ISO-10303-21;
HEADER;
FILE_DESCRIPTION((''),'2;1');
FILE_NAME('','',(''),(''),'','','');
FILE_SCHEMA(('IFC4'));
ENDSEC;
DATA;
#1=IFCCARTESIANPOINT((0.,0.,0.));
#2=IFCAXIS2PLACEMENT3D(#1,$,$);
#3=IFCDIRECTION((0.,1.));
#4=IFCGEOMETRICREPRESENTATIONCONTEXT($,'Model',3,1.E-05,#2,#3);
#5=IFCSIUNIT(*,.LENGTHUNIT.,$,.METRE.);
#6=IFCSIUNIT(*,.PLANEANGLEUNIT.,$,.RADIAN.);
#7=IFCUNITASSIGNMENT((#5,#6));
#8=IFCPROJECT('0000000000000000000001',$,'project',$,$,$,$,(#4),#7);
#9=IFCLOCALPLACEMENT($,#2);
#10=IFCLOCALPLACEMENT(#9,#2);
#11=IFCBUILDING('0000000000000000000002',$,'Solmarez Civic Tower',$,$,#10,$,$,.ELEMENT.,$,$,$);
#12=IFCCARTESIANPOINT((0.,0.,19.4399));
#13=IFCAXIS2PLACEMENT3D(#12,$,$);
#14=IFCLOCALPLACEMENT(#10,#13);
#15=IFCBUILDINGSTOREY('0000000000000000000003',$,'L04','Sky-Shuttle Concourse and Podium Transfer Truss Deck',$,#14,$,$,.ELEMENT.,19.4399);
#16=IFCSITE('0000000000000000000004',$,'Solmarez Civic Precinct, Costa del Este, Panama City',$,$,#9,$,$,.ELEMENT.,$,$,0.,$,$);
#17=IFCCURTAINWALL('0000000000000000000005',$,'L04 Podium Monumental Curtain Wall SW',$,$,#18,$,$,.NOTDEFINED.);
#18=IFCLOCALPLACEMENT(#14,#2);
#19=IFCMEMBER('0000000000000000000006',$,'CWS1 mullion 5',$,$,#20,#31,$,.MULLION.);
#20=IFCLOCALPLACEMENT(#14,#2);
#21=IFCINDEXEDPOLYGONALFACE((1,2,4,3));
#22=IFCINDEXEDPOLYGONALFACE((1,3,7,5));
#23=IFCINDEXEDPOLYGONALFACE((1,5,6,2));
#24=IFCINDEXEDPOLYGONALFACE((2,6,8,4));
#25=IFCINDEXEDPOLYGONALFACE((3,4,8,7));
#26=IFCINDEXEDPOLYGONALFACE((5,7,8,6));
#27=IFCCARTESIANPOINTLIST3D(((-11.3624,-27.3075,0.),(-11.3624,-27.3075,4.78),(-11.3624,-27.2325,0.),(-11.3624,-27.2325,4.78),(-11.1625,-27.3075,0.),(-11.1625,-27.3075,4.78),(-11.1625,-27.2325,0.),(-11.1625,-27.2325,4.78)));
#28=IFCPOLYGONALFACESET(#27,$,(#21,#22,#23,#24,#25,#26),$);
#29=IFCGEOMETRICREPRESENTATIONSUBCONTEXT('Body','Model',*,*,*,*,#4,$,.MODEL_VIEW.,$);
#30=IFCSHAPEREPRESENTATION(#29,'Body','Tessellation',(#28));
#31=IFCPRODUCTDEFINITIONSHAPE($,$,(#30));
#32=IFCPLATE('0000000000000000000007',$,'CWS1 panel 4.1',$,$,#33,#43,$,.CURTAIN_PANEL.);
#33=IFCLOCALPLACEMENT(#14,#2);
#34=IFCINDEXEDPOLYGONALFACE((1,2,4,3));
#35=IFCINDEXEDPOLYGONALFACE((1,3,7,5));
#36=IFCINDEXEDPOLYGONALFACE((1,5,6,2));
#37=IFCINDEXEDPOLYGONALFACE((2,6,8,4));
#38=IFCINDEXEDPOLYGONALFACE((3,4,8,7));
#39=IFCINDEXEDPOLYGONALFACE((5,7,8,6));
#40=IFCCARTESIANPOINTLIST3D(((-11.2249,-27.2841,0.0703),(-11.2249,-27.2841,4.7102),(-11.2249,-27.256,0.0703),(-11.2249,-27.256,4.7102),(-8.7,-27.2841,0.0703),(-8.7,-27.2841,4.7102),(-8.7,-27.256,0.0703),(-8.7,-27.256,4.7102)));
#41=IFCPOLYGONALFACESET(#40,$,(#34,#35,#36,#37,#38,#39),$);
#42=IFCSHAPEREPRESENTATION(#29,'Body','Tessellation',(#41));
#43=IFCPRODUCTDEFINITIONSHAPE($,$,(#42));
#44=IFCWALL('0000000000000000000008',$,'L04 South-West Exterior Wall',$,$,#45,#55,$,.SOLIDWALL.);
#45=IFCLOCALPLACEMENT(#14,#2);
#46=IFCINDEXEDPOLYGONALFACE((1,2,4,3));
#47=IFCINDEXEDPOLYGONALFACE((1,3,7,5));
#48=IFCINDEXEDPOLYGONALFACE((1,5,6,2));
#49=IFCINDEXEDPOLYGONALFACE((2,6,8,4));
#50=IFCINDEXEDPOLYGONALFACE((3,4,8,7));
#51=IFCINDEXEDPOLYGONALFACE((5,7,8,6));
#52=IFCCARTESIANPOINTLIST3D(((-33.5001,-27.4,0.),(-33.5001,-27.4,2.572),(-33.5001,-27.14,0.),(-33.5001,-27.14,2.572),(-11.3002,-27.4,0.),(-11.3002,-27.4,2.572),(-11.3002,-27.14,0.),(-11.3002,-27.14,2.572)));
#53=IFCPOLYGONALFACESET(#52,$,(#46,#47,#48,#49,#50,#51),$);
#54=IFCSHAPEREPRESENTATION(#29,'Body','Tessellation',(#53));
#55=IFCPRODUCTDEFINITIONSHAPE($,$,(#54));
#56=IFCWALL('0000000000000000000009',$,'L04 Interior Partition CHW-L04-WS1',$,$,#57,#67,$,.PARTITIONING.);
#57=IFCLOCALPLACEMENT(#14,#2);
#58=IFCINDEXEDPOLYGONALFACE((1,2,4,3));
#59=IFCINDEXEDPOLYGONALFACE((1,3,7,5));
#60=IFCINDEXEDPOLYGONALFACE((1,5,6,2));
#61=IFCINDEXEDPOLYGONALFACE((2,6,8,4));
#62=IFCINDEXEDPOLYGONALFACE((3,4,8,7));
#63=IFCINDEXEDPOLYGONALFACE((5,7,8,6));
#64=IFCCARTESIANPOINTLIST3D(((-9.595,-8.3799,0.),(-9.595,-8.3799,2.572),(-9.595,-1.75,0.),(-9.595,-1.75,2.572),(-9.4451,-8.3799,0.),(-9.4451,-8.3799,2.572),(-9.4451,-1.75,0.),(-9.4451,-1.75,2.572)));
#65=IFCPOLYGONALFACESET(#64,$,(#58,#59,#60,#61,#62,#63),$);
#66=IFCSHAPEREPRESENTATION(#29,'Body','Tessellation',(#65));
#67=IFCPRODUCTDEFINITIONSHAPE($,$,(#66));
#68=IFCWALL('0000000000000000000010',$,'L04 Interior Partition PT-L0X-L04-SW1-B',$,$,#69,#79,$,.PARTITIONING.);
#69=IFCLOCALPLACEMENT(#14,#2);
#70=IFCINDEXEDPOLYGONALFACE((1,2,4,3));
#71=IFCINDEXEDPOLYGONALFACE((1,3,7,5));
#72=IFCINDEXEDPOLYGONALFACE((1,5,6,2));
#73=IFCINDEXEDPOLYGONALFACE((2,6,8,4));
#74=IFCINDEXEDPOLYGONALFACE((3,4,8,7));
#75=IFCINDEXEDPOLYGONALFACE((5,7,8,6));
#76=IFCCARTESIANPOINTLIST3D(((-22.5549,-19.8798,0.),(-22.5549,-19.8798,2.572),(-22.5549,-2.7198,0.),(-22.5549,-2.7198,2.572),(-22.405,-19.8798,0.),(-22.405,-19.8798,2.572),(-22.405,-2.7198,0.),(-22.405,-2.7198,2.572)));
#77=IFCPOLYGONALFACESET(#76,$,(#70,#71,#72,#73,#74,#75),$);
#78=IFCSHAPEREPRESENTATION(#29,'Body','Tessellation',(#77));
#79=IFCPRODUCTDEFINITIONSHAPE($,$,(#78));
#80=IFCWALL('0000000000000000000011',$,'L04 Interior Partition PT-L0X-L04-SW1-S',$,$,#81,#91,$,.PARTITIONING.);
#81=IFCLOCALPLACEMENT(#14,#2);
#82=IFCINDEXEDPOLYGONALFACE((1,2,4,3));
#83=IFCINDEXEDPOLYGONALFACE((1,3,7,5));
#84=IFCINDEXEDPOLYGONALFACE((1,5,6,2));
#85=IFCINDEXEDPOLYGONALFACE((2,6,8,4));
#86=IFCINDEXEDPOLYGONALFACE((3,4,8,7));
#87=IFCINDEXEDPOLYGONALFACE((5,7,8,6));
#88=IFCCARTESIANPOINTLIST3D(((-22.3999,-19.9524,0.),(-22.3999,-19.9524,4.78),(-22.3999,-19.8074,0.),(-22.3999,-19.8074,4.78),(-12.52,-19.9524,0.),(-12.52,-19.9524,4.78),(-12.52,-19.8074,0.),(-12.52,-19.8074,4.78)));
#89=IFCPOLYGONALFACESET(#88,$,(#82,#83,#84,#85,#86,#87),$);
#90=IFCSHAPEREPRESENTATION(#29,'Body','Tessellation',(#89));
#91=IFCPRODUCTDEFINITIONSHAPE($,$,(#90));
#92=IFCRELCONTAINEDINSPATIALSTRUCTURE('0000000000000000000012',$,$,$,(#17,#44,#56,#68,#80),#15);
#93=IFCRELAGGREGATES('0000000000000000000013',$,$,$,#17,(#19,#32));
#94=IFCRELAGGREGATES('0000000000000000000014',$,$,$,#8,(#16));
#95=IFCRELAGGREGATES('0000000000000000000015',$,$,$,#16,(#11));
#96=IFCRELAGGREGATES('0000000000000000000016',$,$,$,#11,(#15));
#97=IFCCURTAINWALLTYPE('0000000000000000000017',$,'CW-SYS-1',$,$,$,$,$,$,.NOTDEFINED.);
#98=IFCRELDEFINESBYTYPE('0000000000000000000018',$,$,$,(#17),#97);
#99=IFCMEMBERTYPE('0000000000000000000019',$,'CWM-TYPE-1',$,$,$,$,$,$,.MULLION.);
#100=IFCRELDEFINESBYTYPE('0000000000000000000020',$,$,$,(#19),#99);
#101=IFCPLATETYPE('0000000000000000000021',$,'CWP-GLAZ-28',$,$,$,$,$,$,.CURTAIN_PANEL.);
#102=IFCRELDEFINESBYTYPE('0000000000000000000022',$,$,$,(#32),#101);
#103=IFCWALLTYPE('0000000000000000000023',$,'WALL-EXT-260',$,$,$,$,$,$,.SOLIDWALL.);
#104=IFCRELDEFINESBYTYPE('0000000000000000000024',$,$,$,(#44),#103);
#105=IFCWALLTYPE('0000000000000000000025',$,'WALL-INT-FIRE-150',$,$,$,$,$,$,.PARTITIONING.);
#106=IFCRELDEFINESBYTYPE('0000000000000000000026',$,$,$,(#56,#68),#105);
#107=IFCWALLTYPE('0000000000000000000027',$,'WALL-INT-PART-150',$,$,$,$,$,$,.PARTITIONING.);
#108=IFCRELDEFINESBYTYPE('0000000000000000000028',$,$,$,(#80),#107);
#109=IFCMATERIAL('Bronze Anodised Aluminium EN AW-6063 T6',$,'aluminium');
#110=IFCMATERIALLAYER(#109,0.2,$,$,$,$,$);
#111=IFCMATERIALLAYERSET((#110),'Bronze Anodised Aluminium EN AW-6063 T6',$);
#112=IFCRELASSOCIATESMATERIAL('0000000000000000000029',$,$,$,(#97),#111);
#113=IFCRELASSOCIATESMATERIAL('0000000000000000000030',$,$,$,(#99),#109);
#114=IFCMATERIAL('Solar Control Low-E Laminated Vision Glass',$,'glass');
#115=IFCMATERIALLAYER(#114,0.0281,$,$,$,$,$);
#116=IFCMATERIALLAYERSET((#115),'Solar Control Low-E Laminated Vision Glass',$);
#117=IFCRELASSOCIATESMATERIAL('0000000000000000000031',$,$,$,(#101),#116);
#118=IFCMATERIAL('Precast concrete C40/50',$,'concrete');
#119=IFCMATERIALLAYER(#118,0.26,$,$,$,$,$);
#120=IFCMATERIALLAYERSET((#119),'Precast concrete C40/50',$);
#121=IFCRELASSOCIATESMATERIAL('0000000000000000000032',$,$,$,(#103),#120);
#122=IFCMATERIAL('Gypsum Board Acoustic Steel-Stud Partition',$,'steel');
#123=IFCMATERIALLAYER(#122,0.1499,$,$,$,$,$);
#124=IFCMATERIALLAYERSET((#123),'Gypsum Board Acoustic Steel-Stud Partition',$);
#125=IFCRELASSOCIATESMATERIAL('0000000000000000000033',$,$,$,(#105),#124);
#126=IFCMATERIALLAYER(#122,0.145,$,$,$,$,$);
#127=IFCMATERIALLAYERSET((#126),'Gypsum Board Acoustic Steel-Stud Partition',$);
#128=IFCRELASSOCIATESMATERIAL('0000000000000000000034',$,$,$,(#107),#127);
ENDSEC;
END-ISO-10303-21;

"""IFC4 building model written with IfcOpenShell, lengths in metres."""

from ifc_helpers import new_model, si_unit, direction, frame, frame_2d, origin, origin_2d, place, context, subcontext, project, spatial, rectangle, extrude, material, layer, layer_set, material_profile, profile_set, type_object, element, aggregate, save


model = new_model("IFC4")

# Units and contexts
model_context = context("Model", 3, precision=1e-05, world=origin(), true_north=direction((0.0, 1.0)))
body_context = subcontext(model_context, "Body", "Model", "MODEL_VIEW")
ifc_project = project(units=[si_unit("LENGTHUNIT", "METRE"), si_unit("PLANEANGLEUNIT", "RADIAN")], contexts=[model_context])

# Site, building, storey
site_placement = place(None, origin())
site = spatial("IfcSite", under=ifc_project, at=site_placement, Name="Solmarez Civic Precinct, Costa del Este, Panama City", CompositionType="ELEMENT", RefElevation=0.0)
building_placement = place(site_placement, origin())
building = spatial("IfcBuilding", under=site, at=building_placement, Name="Solmarez Civic Tower", CompositionType="ELEMENT")
storey_placement = place(building_placement, frame((0.0, 0.0, 19.4399)))
storey = spatial("IfcBuildingStorey", under=building, at=storey_placement, Name="L04", Description="Sky-Shuttle Concourse and Podium Transfer Truss Deck", CompositionType="ELEMENT", Elevation=19.4399)

# Curtain wall, member, plate
ifc_material_1 = material(Name="Bronze Anodised Aluminium EN AW-6063 T6", Category="aluminium")
ifc_layer_1 = layer(ifc_material_1, 0.2)
ifc_layer_set_1 = layer_set([ifc_layer_1], Name="Bronze Anodised Aluminium EN AW-6063 T6")
curtain_wall_type = type_object("IfcCurtainWallType", Name="CW-SYS-1", PredefinedType="NOTDEFINED", material=ifc_layer_set_1)
curtain_wall_placement = place(storey_placement, origin())
curtain_wall = element("IfcCurtainWall", 1, at=curtain_wall_placement, inside=storey, type_object=curtain_wall_type, Name="L04 Podium Monumental Curtain Wall SW", PredefinedType="NOTDEFINED")
ifc_material_profile_1 = material_profile(ifc_material_1, rectangle(XDim=0.075, YDim=0.2, at=origin_2d()), Name="CWM-75X200")
ifc_profile_set_1 = profile_set([ifc_material_profile_1], Name="Bronze Anodised Aluminium EN AW-6063 T6")
member_type = type_object("IfcMemberType", Name="CWM-TYPE-1", PredefinedType="MULLION", material=ifc_profile_set_1)
member_placement = place(storey_placement, frame((-11.2625, -27.27, 0.0), z_axis=(0.0, 0.0, 1.0), x_axis=(0.0, -1.0, 0.0)))
member = element("IfcMember", 2, at=member_placement, type_object=member_type, Name="CWS1 mullion 5", PredefinedType="MULLION", context=body_context, shape_type="SweptSolid", body=[
    extrude(rectangle(XDim=0.075, YDim=0.2, at=origin_2d()), origin(), (0.0, 0.0, 1.0), 4.78),
])
ifc_material_2 = material(Name="Solar Control Low-E Laminated Vision Glass", Category="glass")
ifc_layer_2 = layer(ifc_material_2, 0.0281)
ifc_layer_set_2 = layer_set([ifc_layer_2], Name="Solar Control Low-E Laminated Vision Glass")
plate_type = type_object("IfcPlateType", Name="CWP-GLAZ-28", PredefinedType="CURTAIN_PANEL", material=ifc_layer_set_2)
plate_placement = place(storey_placement, frame((-9.9624, -27.27, 0.0703), z_axis=(0.0, 0.0, 1.0), x_axis=(-1.0, 0.0, 0.0)))
plate = element("IfcPlate", 3, at=plate_placement, type_object=plate_type, Name="CWS1 panel 4.1", PredefinedType="CURTAIN_PANEL", context=body_context, shape_type="SweptSolid", body=[
    extrude(rectangle(XDim=2.5249, YDim=0.0281, at=origin_2d()), origin(), (0.0, 0.0, 1.0), 4.6399),
])
aggregate(curtain_wall, [member, plate])

# Walls
ifc_material_3 = material(Name="Precast concrete C40/50", Category="concrete")
ifc_layer_3 = layer(ifc_material_3, 0.26)
ifc_layer_set_3 = layer_set([ifc_layer_3], Name="Precast concrete C40/50")
wall_type_1 = type_object("IfcWallType", Name="WALL-EXT-260", PredefinedType="SOLIDWALL", material=ifc_layer_set_3)
wall_1_placement = place(storey_placement, frame((-11.3, -27.27, 0.0), z_axis=(0.0, 0.0, 1.0), x_axis=(-1.0, 0.0, 0.0)))
element("IfcWall", 4, at=wall_1_placement, inside=storey, type_object=wall_type_1, Name="L04 South-West Exterior Wall", PredefinedType="SOLIDWALL", context=body_context, shape_type="SweptSolid", body=[
    extrude(rectangle(XDim=22.2, YDim=0.26, at=frame_2d((11.1001, 0.0))), origin(), (0.0, 0.0, 1.0), 2.572),
])
ifc_material_4 = material(Name="Gypsum Board Acoustic Steel-Stud Partition", Category="steel")
ifc_layer_4 = layer(ifc_material_4, 0.1499)
ifc_layer_set_4 = layer_set([ifc_layer_4], Name="Gypsum Board Acoustic Steel-Stud Partition")
wall_type_2 = type_object("IfcWallType", Name="WALL-INT-FIRE-150", PredefinedType="PARTITIONING", material=ifc_layer_set_4)
wall_2_placement = place(storey_placement, frame((-9.52, -8.3799, 0.0), z_axis=(0.0, 0.0, 1.0), x_axis=(0.0, 1.0, 0.0)))
element("IfcWall", 5, at=wall_2_placement, inside=storey, type_object=wall_type_2, Name="L04 Interior Partition CHW-L04-WS1", PredefinedType="PARTITIONING", context=body_context, shape_type="SweptSolid", body=[
    extrude(rectangle(XDim=6.6299, YDim=0.1499, at=frame_2d((3.3149, 0.0))), origin(), (0.0, 0.0, 1.0), 2.572),
])
wall_3_placement = place(storey_placement, frame((-22.48, -19.8799, 0.0), z_axis=(0.0, 0.0, 1.0), x_axis=(0.0, 1.0, 0.0)))
element("IfcWall", 6, at=wall_3_placement, inside=storey, type_object=wall_type_2, Name="L04 Interior Partition PT-L0X-L04-SW1-B", PredefinedType="PARTITIONING", context=body_context, shape_type="SweptSolid", body=[
    extrude(rectangle(XDim=17.1599, YDim=0.1499, at=frame_2d((8.5801, 0.0))), origin(), (0.0, 0.0, 1.0), 2.572),
])
ifc_layer_5 = layer(ifc_material_4, 0.145)
ifc_layer_set_5 = layer_set([ifc_layer_5], Name="Gypsum Board Acoustic Steel-Stud Partition")
wall_type_3 = type_object("IfcWallType", Name="WALL-INT-PART-150", PredefinedType="PARTITIONING", material=ifc_layer_set_5)
wall_4_placement = place(storey_placement, frame((-22.3999, -19.8799, 0.0), z_axis=(0.0, 0.0, 1.0), x_axis=(1.0, 0.0, 0.0)))
element("IfcWall", 7, at=wall_4_placement, inside=storey, type_object=wall_type_3, Name="L04 Interior Partition PT-L0X-L04-SW1-S", PredefinedType="PARTITIONING", context=body_context, shape_type="SweptSolid", body=[
    extrude(rectangle(XDim=9.8799, YDim=0.145, at=frame_2d((4.9399, 0.0))), origin(), (0.0, 0.0, 1.0), 4.78),
])

save(model, "model.ifc")
